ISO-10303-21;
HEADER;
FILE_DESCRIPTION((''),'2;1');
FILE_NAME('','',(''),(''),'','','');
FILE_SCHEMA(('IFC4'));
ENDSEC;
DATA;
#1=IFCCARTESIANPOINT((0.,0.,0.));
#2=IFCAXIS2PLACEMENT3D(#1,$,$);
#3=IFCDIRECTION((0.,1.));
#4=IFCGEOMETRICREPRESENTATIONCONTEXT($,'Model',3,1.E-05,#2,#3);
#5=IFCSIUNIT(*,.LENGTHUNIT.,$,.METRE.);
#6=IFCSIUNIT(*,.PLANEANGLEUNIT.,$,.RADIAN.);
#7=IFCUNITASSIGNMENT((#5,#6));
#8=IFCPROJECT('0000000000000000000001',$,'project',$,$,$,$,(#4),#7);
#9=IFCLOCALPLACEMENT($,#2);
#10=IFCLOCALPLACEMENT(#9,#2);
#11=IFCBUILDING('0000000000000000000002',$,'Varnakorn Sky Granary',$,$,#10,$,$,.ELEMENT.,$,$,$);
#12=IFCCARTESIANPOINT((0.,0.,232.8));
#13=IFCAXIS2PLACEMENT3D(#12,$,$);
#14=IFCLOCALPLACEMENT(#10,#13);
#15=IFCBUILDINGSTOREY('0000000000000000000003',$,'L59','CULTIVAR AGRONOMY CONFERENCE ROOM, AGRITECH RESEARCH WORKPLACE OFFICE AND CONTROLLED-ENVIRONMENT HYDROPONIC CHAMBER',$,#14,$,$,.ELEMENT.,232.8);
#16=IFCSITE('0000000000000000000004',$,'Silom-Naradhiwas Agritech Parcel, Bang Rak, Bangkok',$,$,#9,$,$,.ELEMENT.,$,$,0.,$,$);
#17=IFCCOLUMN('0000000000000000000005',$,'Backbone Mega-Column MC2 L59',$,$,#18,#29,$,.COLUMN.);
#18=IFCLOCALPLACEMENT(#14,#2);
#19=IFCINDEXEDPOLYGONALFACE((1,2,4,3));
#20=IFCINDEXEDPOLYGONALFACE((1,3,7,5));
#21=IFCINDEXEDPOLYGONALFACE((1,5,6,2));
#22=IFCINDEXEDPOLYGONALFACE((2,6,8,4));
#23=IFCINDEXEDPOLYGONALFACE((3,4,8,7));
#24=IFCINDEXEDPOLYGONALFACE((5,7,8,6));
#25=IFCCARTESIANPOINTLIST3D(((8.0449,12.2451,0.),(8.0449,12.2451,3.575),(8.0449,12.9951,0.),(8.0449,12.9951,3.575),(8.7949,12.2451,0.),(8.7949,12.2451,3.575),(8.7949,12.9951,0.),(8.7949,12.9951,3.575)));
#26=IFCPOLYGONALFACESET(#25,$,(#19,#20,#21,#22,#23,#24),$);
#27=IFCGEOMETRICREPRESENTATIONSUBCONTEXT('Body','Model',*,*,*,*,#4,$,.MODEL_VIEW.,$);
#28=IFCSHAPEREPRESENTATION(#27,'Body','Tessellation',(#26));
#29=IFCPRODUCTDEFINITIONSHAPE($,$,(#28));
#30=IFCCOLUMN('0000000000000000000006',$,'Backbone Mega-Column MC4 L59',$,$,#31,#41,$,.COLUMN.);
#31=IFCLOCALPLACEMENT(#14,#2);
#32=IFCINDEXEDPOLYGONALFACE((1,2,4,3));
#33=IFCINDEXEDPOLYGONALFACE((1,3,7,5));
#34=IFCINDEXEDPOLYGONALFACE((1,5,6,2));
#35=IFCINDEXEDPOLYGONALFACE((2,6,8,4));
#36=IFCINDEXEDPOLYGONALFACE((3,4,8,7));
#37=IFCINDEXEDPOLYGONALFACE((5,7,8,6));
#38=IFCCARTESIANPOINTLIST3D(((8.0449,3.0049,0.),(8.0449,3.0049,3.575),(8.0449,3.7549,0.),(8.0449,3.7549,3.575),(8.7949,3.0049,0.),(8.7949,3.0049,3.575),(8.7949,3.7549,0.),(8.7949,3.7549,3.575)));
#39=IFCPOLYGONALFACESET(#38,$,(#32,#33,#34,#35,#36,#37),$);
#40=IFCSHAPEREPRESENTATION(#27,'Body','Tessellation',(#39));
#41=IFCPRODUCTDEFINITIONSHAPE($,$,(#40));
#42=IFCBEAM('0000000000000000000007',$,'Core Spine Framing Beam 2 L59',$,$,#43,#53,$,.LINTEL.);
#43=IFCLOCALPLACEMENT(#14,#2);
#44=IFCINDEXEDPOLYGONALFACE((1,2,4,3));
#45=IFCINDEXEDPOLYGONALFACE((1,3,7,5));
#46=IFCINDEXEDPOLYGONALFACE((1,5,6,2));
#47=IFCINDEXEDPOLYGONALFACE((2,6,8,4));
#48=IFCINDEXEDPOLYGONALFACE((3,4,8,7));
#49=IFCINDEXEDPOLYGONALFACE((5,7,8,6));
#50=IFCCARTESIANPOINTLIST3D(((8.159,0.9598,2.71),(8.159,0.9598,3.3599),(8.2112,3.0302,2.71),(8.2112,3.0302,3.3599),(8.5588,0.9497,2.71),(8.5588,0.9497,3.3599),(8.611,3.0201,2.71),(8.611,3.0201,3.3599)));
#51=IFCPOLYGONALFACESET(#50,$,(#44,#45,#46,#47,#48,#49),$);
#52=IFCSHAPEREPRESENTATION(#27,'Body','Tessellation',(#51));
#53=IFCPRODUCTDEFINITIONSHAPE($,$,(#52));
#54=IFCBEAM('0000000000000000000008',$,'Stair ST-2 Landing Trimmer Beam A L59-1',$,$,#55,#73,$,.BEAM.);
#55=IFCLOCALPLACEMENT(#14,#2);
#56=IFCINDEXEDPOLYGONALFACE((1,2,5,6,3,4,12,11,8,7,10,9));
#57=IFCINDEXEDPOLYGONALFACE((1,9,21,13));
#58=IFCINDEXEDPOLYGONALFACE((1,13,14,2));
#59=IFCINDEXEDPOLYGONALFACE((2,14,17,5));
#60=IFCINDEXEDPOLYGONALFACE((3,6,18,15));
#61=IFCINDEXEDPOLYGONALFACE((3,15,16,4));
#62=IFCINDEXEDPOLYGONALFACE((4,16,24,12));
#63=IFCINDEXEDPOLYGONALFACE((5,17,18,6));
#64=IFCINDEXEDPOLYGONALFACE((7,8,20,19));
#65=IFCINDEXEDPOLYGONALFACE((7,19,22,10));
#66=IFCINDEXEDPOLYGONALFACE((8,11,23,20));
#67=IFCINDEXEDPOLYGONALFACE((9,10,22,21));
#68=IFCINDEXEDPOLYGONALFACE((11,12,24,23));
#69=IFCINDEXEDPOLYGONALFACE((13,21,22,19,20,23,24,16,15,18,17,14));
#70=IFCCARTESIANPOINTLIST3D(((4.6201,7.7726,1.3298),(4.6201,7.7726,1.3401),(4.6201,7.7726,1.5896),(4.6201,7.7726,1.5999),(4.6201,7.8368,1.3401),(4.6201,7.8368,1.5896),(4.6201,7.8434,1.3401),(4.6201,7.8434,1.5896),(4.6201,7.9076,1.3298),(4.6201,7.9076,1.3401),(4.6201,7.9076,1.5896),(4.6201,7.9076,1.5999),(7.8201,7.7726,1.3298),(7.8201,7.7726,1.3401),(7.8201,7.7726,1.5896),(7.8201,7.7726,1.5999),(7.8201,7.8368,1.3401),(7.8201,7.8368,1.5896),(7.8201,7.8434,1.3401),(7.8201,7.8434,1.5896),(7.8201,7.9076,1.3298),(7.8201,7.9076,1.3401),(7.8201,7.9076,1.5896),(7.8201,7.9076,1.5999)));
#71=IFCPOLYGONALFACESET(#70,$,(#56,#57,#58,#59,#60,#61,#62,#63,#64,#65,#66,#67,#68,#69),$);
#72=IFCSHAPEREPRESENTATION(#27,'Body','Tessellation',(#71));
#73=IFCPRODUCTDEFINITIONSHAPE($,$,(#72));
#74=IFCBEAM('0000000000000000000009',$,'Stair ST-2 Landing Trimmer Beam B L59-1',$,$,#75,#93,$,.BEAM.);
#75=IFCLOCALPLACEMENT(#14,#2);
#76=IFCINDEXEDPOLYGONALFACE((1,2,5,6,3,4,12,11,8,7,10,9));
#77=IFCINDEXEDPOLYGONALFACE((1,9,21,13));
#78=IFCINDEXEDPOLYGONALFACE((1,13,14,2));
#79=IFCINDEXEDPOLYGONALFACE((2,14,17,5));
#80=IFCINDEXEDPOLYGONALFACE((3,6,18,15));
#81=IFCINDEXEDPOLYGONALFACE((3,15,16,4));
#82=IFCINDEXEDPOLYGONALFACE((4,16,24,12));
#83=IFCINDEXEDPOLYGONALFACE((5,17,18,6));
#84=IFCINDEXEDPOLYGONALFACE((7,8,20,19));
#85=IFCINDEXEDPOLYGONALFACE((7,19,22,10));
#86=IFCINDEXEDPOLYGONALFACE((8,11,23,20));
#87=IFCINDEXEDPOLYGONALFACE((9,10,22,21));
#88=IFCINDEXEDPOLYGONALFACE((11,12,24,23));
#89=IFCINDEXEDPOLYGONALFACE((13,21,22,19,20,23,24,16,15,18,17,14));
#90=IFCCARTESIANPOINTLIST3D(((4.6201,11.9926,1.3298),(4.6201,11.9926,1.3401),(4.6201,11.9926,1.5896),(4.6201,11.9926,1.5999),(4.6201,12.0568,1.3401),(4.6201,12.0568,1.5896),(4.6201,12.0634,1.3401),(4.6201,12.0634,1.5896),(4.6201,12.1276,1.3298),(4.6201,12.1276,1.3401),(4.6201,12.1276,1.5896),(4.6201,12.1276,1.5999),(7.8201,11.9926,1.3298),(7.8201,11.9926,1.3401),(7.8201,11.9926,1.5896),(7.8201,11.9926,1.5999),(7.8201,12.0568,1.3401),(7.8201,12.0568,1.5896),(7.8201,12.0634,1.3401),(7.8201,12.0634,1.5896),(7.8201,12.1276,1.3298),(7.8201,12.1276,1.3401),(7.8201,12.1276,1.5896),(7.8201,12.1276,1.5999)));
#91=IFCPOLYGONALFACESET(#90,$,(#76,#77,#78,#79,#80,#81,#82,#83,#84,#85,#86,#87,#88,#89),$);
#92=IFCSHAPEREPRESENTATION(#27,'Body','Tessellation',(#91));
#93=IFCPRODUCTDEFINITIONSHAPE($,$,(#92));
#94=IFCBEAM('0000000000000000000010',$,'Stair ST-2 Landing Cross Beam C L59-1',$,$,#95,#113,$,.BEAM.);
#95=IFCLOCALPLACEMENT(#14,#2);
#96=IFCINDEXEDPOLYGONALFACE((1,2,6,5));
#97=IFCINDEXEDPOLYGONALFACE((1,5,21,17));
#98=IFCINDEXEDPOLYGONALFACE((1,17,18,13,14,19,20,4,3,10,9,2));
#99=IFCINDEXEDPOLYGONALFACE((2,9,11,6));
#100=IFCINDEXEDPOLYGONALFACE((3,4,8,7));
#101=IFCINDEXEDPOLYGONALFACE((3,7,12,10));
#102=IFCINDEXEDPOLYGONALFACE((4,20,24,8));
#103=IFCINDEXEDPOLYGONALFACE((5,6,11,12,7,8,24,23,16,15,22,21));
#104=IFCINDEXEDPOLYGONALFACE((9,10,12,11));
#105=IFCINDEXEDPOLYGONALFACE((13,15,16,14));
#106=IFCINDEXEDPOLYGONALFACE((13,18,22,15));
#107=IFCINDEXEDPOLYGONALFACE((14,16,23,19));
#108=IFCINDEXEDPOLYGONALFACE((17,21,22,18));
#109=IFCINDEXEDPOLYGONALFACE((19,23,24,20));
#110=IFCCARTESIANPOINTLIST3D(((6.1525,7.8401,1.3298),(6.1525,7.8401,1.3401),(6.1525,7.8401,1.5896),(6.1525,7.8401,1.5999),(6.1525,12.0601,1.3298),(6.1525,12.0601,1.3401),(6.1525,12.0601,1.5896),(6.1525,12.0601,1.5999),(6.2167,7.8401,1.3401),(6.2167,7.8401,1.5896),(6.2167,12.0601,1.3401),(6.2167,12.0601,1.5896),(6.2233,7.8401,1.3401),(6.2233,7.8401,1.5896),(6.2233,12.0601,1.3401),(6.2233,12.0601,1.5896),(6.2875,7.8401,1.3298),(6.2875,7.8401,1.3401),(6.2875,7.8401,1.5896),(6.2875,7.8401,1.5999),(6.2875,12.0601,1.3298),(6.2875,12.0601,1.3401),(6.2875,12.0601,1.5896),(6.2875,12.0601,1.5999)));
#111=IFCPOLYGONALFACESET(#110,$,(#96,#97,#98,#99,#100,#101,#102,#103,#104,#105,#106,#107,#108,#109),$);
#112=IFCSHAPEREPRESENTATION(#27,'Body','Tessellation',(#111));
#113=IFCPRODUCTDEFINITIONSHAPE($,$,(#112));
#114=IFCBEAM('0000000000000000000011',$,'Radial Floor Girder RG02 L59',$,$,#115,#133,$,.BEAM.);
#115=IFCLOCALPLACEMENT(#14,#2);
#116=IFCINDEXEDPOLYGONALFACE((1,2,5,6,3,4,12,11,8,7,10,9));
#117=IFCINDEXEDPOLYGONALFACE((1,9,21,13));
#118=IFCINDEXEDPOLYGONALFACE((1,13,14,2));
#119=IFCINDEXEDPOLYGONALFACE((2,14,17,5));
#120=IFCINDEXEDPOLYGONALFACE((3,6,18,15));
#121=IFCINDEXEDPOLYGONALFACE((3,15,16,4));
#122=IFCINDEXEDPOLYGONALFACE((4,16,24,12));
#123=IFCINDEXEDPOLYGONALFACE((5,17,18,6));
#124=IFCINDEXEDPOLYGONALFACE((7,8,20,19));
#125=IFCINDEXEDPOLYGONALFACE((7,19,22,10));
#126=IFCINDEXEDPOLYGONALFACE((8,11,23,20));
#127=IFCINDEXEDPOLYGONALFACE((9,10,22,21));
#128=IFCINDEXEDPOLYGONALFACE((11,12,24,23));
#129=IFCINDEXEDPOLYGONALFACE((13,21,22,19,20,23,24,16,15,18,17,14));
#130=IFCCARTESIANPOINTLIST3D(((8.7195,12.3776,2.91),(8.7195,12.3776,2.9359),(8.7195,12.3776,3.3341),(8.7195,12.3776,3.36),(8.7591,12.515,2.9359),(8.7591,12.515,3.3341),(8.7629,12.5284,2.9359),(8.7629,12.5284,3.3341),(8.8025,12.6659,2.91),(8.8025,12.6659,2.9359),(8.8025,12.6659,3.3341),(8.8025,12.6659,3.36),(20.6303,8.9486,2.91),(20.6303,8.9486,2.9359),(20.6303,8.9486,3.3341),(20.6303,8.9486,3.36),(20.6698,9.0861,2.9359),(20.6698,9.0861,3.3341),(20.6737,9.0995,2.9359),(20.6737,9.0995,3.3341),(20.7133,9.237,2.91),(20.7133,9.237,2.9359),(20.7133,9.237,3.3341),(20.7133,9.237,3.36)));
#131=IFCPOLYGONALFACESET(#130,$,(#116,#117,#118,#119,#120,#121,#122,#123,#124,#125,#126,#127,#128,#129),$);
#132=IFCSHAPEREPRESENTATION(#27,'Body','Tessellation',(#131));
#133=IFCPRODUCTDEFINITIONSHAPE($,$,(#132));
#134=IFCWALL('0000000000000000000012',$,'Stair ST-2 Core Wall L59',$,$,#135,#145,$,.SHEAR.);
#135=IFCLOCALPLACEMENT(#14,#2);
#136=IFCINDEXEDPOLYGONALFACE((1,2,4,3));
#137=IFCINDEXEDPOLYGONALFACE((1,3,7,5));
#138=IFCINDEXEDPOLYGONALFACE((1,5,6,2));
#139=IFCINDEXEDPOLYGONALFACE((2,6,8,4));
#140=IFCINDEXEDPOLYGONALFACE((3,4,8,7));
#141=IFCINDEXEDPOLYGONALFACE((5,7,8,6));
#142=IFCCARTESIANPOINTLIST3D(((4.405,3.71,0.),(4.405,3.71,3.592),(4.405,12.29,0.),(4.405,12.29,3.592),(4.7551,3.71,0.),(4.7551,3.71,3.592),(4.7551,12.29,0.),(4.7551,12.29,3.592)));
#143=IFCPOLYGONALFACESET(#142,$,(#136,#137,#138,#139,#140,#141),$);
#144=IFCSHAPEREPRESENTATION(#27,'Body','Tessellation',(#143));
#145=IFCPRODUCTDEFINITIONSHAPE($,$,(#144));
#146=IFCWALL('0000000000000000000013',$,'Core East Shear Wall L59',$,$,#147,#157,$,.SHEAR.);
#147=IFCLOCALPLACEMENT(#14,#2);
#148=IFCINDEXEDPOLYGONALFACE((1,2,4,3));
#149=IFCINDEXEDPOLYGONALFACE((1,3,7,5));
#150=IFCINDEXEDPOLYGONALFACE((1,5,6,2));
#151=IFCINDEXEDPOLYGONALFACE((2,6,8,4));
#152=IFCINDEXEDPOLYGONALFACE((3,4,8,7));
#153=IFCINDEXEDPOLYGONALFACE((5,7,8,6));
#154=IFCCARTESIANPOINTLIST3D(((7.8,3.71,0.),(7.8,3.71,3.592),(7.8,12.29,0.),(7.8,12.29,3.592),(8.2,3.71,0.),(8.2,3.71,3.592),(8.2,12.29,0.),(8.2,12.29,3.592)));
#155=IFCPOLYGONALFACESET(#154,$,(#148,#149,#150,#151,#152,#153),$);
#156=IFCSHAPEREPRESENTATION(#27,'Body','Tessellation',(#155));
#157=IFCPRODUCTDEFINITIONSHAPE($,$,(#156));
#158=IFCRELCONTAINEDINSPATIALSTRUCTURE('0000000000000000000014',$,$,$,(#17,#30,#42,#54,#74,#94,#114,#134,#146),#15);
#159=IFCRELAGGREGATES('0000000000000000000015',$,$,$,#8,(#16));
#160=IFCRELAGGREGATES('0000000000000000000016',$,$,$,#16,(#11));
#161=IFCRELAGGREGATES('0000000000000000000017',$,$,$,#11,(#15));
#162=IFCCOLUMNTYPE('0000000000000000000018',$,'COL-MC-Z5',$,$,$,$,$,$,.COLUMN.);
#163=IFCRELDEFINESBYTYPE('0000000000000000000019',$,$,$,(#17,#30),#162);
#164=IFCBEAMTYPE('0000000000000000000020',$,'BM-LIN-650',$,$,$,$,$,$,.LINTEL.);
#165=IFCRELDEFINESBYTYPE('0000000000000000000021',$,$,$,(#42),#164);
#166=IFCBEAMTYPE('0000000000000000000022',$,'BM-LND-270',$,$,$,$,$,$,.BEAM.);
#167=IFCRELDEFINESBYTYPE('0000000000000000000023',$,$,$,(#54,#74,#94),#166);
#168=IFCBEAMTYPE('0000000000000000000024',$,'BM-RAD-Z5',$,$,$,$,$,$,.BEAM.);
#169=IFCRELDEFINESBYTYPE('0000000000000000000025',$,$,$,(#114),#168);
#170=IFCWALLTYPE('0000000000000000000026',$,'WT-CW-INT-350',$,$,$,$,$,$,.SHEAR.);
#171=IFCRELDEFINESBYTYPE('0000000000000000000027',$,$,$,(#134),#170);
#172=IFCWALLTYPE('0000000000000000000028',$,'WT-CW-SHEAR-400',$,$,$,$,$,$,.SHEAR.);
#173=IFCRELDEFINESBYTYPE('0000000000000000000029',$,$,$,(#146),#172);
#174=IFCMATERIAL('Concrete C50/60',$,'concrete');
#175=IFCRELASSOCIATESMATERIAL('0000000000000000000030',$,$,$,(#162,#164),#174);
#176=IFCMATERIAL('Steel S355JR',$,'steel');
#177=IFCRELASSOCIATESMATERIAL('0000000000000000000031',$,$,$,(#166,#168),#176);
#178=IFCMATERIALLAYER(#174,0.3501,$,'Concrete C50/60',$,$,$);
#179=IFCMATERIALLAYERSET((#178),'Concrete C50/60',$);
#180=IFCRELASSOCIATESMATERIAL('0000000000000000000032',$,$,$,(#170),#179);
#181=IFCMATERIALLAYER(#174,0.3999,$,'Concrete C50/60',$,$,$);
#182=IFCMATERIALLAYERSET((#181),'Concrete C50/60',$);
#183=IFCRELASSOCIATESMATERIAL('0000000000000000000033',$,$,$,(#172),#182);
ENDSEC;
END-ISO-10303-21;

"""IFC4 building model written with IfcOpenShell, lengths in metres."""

from ifc_helpers import new_model, si_unit, direction, frame, frame_2d, origin, origin_2d, place, context, subcontext, project, spatial, rectangle, i_section, extrude, material, layer, layer_set, material_profile, profile_set, type_object, element, save


model = new_model("IFC4")

# Units and contexts
model_context = context("Model", 3, precision=1e-05, world=origin(), true_north=direction((0.0, 1.0)))
body_context = subcontext(model_context, "Body", "Model", "MODEL_VIEW")
ifc_project = project(units=[si_unit("LENGTHUNIT", "METRE"), si_unit("PLANEANGLEUNIT", "RADIAN")], contexts=[model_context])

# Site, building, storey
site_placement = place(None, origin())
site = spatial("IfcSite", under=ifc_project, at=site_placement, Name="Silom-Naradhiwas Agritech Parcel, Bang Rak, Bangkok", CompositionType="ELEMENT", RefElevation=0.0)
building_placement = place(site_placement, origin())
building = spatial("IfcBuilding", under=site, at=building_placement, Name="Varnakorn Sky Granary", CompositionType="ELEMENT")
storey_placement = place(building_placement, frame((0.0, 0.0, 232.8)))
storey = spatial("IfcBuildingStorey", under=building, at=storey_placement, Name="L59", Description="CULTIVAR AGRONOMY CONFERENCE ROOM, AGRITECH RESEARCH WORKPLACE OFFICE AND CONTROLLED-ENVIRONMENT HYDROPONIC CHAMBER", CompositionType="ELEMENT", Elevation=232.8)

# Columns
ifc_material_1 = material(Name="Concrete C50/60", Category="concrete")
ifc_material_profile_1 = material_profile(ifc_material_1, rectangle(XDim=0.75, YDim=0.75, at=origin_2d()), Name="RC 750x750")
ifc_profile_set_1 = profile_set([ifc_material_profile_1], Name="Concrete C50/60")
column_type = type_object("IfcColumnType", Name="COL-MC-Z5", PredefinedType="COLUMN", material=ifc_profile_set_1)
for number, where, z_axis, x_axis, name in (
    (1, (8.4199, 12.6201, 0.0), (0.0, 0.0, 1.0), (1.0, 0.0, 0.0), "Backbone Mega-Column MC2 L59"),
    (2, (8.4199, 3.3799, 0.0), (0.0, 0.0, 1.0), (1.0, 0.0, 0.0), "Backbone Mega-Column MC4 L59"),
):
    element("IfcColumn", number, at=place(storey_placement, frame(where, z_axis=z_axis, x_axis=x_axis)), inside=storey, type_object=column_type, Name=name, PredefinedType="COLUMN", context=body_context, shape_type="SweptSolid", body=[
        extrude(rectangle(XDim=0.75, YDim=0.75, at=origin_2d()), origin(), (0.0, 0.0, 1.0), 3.575),
    ])

# Beams
ifc_material_profile_2 = material_profile(ifc_material_1, rectangle(XDim=0.3999, YDim=0.6499, at=origin_2d()), Name="RC 400x650")
ifc_profile_set_2 = profile_set([ifc_material_profile_2], Name="Concrete C50/60")
beam_type_1 = type_object("IfcBeamType", Name="BM-LIN-650", PredefinedType="LINTEL", material=ifc_profile_set_2)
beam_1_placement = place(storey_placement, frame((8.4111, 3.0251, 3.0349), z_axis=(-0.025228, -0.999682, 0.0), x_axis=(0.999682, -0.025228, 0.0)))
element("IfcBeam", 3, at=beam_1_placement, inside=storey, type_object=beam_type_1, Name="Core Spine Framing Beam 2 L59", PredefinedType="LINTEL", context=body_context, shape_type="SweptSolid", body=[
    extrude(rectangle(XDim=0.3999, YDim=0.6499, at=origin_2d()), origin(), (0.0, 0.0, 1.0), 2.071),
])
ifc_material_2 = material(Name="Steel S355JR", Category="steel")
ifc_material_profile_3 = material_profile(ifc_material_2, i_section(OverallWidth=0.135, OverallDepth=0.27, WebThickness=0.0066, FlangeThickness=0.0103, at=origin_2d()), Name="IPE 270")
ifc_profile_set_3 = profile_set([ifc_material_profile_3], Name="Steel S355JR")
beam_type_2 = type_object("IfcBeamType", Name="BM-LND-270", PredefinedType="BEAM", material=ifc_profile_set_3)
for number, where, z_axis, x_axis, name in (
    (4, (4.6201, 7.8401, 1.4648), (1.0, 0.0, 0.0), (0.0, 1.0, 0.0), "Stair ST-2 Landing Trimmer Beam A L59-1"),
    (5, (4.6201, 12.0601, 1.4648), (1.0, 0.0, 0.0), (0.0, 1.0, 0.0), "Stair ST-2 Landing Trimmer Beam B L59-1"),
):
    element("IfcBeam", number, at=place(storey_placement, frame(where, z_axis=z_axis, x_axis=x_axis)), inside=storey, type_object=beam_type_2, Name=name, PredefinedType="BEAM", context=body_context, shape_type="SweptSolid", body=[
        extrude(i_section(OverallWidth=0.135, OverallDepth=0.27, WebThickness=0.0066, FlangeThickness=0.0103, at=origin_2d()), origin(), (0.0, 0.0, 1.0), 3.2),
    ])
beam_2_placement = place(storey_placement, frame((6.22, 7.8401, 1.4648), z_axis=(0.0, 1.0, 0.0), x_axis=(-1.0, 0.0, 0.0)))
element("IfcBeam", 6, at=beam_2_placement, inside=storey, type_object=beam_type_2, Name="Stair ST-2 Landing Cross Beam C L59-1", PredefinedType="BEAM", context=body_context, shape_type="SweptSolid", body=[
    extrude(i_section(OverallWidth=0.135, OverallDepth=0.27, WebThickness=0.0066, FlangeThickness=0.0103, at=origin_2d()), origin(), (0.0, 0.0, 1.0), 4.22),
])
ifc_material_profile_4 = material_profile(ifc_material_2, i_section(OverallWidth=0.3, OverallDepth=0.45, WebThickness=0.0139, FlangeThickness=0.0259, at=origin_2d()), Name="HE 450 B")
ifc_profile_set_4 = profile_set([ifc_material_profile_4], Name="Steel S355JR")
beam_type_3 = type_object("IfcBeamType", Name="BM-RAD-Z5", PredefinedType="BEAM", material=ifc_profile_set_4)
beam_3_placement = place(storey_placement, frame((8.761, 12.5217, 3.135), z_axis=(0.960971, -0.276648, 0.0), x_axis=(0.276648, 0.960971, 0.0)))
element("IfcBeam", 7, at=beam_3_placement, inside=storey, type_object=beam_type_3, Name="Radial Floor Girder RG02 L59", PredefinedType="BEAM", context=body_context, shape_type="SweptSolid", body=[
    extrude(i_section(OverallWidth=0.3, OverallDepth=0.45, WebThickness=0.0139, FlangeThickness=0.0259, at=origin_2d()), origin(), (0.0, 0.0, 1.0), 12.3945),
])

# Walls
ifc_layer_1 = layer(ifc_material_1, 0.3501, Name="Concrete C50/60")
ifc_layer_set_1 = layer_set([ifc_layer_1], Name="Concrete C50/60")
wall_type_1 = type_object("IfcWallType", Name="WT-CW-INT-350", PredefinedType="SHEAR", material=ifc_layer_set_1)
wall_1_placement = place(storey_placement, frame((4.5801, 3.71, 0.0), z_axis=(0.0, 0.0, 1.0), x_axis=(0.0, 1.0, 0.0)))
element("IfcWall", 8, at=wall_1_placement, inside=storey, type_object=wall_type_1, Name="Stair ST-2 Core Wall L59", PredefinedType="SHEAR", context=body_context, shape_type="SweptSolid", body=[
    extrude(rectangle(XDim=8.5801, YDim=0.3501, at=frame_2d((4.29, 0.0))), origin(), (0.0, 0.0, 1.0), 3.592),
])
ifc_layer_2 = layer(ifc_material_1, 0.3999, Name="Concrete C50/60")
ifc_layer_set_2 = layer_set([ifc_layer_2], Name="Concrete C50/60")
wall_type_2 = type_object("IfcWallType", Name="WT-CW-SHEAR-400", PredefinedType="SHEAR", material=ifc_layer_set_2)
wall_2_placement = place(storey_placement, frame((8.0, 3.71, 0.0), z_axis=(0.0, 0.0, 1.0), x_axis=(0.0, 1.0, 0.0)))
element("IfcWall", 9, at=wall_2_placement, inside=storey, type_object=wall_type_2, Name="Core East Shear Wall L59", PredefinedType="SHEAR", context=body_context, shape_type="SweptSolid", body=[
    extrude(rectangle(XDim=8.5801, YDim=0.3999, at=frame_2d((4.29, 0.0))), origin(), (0.0, 0.0, 1.0), 3.592),
])

save(model, "model.ifc")
